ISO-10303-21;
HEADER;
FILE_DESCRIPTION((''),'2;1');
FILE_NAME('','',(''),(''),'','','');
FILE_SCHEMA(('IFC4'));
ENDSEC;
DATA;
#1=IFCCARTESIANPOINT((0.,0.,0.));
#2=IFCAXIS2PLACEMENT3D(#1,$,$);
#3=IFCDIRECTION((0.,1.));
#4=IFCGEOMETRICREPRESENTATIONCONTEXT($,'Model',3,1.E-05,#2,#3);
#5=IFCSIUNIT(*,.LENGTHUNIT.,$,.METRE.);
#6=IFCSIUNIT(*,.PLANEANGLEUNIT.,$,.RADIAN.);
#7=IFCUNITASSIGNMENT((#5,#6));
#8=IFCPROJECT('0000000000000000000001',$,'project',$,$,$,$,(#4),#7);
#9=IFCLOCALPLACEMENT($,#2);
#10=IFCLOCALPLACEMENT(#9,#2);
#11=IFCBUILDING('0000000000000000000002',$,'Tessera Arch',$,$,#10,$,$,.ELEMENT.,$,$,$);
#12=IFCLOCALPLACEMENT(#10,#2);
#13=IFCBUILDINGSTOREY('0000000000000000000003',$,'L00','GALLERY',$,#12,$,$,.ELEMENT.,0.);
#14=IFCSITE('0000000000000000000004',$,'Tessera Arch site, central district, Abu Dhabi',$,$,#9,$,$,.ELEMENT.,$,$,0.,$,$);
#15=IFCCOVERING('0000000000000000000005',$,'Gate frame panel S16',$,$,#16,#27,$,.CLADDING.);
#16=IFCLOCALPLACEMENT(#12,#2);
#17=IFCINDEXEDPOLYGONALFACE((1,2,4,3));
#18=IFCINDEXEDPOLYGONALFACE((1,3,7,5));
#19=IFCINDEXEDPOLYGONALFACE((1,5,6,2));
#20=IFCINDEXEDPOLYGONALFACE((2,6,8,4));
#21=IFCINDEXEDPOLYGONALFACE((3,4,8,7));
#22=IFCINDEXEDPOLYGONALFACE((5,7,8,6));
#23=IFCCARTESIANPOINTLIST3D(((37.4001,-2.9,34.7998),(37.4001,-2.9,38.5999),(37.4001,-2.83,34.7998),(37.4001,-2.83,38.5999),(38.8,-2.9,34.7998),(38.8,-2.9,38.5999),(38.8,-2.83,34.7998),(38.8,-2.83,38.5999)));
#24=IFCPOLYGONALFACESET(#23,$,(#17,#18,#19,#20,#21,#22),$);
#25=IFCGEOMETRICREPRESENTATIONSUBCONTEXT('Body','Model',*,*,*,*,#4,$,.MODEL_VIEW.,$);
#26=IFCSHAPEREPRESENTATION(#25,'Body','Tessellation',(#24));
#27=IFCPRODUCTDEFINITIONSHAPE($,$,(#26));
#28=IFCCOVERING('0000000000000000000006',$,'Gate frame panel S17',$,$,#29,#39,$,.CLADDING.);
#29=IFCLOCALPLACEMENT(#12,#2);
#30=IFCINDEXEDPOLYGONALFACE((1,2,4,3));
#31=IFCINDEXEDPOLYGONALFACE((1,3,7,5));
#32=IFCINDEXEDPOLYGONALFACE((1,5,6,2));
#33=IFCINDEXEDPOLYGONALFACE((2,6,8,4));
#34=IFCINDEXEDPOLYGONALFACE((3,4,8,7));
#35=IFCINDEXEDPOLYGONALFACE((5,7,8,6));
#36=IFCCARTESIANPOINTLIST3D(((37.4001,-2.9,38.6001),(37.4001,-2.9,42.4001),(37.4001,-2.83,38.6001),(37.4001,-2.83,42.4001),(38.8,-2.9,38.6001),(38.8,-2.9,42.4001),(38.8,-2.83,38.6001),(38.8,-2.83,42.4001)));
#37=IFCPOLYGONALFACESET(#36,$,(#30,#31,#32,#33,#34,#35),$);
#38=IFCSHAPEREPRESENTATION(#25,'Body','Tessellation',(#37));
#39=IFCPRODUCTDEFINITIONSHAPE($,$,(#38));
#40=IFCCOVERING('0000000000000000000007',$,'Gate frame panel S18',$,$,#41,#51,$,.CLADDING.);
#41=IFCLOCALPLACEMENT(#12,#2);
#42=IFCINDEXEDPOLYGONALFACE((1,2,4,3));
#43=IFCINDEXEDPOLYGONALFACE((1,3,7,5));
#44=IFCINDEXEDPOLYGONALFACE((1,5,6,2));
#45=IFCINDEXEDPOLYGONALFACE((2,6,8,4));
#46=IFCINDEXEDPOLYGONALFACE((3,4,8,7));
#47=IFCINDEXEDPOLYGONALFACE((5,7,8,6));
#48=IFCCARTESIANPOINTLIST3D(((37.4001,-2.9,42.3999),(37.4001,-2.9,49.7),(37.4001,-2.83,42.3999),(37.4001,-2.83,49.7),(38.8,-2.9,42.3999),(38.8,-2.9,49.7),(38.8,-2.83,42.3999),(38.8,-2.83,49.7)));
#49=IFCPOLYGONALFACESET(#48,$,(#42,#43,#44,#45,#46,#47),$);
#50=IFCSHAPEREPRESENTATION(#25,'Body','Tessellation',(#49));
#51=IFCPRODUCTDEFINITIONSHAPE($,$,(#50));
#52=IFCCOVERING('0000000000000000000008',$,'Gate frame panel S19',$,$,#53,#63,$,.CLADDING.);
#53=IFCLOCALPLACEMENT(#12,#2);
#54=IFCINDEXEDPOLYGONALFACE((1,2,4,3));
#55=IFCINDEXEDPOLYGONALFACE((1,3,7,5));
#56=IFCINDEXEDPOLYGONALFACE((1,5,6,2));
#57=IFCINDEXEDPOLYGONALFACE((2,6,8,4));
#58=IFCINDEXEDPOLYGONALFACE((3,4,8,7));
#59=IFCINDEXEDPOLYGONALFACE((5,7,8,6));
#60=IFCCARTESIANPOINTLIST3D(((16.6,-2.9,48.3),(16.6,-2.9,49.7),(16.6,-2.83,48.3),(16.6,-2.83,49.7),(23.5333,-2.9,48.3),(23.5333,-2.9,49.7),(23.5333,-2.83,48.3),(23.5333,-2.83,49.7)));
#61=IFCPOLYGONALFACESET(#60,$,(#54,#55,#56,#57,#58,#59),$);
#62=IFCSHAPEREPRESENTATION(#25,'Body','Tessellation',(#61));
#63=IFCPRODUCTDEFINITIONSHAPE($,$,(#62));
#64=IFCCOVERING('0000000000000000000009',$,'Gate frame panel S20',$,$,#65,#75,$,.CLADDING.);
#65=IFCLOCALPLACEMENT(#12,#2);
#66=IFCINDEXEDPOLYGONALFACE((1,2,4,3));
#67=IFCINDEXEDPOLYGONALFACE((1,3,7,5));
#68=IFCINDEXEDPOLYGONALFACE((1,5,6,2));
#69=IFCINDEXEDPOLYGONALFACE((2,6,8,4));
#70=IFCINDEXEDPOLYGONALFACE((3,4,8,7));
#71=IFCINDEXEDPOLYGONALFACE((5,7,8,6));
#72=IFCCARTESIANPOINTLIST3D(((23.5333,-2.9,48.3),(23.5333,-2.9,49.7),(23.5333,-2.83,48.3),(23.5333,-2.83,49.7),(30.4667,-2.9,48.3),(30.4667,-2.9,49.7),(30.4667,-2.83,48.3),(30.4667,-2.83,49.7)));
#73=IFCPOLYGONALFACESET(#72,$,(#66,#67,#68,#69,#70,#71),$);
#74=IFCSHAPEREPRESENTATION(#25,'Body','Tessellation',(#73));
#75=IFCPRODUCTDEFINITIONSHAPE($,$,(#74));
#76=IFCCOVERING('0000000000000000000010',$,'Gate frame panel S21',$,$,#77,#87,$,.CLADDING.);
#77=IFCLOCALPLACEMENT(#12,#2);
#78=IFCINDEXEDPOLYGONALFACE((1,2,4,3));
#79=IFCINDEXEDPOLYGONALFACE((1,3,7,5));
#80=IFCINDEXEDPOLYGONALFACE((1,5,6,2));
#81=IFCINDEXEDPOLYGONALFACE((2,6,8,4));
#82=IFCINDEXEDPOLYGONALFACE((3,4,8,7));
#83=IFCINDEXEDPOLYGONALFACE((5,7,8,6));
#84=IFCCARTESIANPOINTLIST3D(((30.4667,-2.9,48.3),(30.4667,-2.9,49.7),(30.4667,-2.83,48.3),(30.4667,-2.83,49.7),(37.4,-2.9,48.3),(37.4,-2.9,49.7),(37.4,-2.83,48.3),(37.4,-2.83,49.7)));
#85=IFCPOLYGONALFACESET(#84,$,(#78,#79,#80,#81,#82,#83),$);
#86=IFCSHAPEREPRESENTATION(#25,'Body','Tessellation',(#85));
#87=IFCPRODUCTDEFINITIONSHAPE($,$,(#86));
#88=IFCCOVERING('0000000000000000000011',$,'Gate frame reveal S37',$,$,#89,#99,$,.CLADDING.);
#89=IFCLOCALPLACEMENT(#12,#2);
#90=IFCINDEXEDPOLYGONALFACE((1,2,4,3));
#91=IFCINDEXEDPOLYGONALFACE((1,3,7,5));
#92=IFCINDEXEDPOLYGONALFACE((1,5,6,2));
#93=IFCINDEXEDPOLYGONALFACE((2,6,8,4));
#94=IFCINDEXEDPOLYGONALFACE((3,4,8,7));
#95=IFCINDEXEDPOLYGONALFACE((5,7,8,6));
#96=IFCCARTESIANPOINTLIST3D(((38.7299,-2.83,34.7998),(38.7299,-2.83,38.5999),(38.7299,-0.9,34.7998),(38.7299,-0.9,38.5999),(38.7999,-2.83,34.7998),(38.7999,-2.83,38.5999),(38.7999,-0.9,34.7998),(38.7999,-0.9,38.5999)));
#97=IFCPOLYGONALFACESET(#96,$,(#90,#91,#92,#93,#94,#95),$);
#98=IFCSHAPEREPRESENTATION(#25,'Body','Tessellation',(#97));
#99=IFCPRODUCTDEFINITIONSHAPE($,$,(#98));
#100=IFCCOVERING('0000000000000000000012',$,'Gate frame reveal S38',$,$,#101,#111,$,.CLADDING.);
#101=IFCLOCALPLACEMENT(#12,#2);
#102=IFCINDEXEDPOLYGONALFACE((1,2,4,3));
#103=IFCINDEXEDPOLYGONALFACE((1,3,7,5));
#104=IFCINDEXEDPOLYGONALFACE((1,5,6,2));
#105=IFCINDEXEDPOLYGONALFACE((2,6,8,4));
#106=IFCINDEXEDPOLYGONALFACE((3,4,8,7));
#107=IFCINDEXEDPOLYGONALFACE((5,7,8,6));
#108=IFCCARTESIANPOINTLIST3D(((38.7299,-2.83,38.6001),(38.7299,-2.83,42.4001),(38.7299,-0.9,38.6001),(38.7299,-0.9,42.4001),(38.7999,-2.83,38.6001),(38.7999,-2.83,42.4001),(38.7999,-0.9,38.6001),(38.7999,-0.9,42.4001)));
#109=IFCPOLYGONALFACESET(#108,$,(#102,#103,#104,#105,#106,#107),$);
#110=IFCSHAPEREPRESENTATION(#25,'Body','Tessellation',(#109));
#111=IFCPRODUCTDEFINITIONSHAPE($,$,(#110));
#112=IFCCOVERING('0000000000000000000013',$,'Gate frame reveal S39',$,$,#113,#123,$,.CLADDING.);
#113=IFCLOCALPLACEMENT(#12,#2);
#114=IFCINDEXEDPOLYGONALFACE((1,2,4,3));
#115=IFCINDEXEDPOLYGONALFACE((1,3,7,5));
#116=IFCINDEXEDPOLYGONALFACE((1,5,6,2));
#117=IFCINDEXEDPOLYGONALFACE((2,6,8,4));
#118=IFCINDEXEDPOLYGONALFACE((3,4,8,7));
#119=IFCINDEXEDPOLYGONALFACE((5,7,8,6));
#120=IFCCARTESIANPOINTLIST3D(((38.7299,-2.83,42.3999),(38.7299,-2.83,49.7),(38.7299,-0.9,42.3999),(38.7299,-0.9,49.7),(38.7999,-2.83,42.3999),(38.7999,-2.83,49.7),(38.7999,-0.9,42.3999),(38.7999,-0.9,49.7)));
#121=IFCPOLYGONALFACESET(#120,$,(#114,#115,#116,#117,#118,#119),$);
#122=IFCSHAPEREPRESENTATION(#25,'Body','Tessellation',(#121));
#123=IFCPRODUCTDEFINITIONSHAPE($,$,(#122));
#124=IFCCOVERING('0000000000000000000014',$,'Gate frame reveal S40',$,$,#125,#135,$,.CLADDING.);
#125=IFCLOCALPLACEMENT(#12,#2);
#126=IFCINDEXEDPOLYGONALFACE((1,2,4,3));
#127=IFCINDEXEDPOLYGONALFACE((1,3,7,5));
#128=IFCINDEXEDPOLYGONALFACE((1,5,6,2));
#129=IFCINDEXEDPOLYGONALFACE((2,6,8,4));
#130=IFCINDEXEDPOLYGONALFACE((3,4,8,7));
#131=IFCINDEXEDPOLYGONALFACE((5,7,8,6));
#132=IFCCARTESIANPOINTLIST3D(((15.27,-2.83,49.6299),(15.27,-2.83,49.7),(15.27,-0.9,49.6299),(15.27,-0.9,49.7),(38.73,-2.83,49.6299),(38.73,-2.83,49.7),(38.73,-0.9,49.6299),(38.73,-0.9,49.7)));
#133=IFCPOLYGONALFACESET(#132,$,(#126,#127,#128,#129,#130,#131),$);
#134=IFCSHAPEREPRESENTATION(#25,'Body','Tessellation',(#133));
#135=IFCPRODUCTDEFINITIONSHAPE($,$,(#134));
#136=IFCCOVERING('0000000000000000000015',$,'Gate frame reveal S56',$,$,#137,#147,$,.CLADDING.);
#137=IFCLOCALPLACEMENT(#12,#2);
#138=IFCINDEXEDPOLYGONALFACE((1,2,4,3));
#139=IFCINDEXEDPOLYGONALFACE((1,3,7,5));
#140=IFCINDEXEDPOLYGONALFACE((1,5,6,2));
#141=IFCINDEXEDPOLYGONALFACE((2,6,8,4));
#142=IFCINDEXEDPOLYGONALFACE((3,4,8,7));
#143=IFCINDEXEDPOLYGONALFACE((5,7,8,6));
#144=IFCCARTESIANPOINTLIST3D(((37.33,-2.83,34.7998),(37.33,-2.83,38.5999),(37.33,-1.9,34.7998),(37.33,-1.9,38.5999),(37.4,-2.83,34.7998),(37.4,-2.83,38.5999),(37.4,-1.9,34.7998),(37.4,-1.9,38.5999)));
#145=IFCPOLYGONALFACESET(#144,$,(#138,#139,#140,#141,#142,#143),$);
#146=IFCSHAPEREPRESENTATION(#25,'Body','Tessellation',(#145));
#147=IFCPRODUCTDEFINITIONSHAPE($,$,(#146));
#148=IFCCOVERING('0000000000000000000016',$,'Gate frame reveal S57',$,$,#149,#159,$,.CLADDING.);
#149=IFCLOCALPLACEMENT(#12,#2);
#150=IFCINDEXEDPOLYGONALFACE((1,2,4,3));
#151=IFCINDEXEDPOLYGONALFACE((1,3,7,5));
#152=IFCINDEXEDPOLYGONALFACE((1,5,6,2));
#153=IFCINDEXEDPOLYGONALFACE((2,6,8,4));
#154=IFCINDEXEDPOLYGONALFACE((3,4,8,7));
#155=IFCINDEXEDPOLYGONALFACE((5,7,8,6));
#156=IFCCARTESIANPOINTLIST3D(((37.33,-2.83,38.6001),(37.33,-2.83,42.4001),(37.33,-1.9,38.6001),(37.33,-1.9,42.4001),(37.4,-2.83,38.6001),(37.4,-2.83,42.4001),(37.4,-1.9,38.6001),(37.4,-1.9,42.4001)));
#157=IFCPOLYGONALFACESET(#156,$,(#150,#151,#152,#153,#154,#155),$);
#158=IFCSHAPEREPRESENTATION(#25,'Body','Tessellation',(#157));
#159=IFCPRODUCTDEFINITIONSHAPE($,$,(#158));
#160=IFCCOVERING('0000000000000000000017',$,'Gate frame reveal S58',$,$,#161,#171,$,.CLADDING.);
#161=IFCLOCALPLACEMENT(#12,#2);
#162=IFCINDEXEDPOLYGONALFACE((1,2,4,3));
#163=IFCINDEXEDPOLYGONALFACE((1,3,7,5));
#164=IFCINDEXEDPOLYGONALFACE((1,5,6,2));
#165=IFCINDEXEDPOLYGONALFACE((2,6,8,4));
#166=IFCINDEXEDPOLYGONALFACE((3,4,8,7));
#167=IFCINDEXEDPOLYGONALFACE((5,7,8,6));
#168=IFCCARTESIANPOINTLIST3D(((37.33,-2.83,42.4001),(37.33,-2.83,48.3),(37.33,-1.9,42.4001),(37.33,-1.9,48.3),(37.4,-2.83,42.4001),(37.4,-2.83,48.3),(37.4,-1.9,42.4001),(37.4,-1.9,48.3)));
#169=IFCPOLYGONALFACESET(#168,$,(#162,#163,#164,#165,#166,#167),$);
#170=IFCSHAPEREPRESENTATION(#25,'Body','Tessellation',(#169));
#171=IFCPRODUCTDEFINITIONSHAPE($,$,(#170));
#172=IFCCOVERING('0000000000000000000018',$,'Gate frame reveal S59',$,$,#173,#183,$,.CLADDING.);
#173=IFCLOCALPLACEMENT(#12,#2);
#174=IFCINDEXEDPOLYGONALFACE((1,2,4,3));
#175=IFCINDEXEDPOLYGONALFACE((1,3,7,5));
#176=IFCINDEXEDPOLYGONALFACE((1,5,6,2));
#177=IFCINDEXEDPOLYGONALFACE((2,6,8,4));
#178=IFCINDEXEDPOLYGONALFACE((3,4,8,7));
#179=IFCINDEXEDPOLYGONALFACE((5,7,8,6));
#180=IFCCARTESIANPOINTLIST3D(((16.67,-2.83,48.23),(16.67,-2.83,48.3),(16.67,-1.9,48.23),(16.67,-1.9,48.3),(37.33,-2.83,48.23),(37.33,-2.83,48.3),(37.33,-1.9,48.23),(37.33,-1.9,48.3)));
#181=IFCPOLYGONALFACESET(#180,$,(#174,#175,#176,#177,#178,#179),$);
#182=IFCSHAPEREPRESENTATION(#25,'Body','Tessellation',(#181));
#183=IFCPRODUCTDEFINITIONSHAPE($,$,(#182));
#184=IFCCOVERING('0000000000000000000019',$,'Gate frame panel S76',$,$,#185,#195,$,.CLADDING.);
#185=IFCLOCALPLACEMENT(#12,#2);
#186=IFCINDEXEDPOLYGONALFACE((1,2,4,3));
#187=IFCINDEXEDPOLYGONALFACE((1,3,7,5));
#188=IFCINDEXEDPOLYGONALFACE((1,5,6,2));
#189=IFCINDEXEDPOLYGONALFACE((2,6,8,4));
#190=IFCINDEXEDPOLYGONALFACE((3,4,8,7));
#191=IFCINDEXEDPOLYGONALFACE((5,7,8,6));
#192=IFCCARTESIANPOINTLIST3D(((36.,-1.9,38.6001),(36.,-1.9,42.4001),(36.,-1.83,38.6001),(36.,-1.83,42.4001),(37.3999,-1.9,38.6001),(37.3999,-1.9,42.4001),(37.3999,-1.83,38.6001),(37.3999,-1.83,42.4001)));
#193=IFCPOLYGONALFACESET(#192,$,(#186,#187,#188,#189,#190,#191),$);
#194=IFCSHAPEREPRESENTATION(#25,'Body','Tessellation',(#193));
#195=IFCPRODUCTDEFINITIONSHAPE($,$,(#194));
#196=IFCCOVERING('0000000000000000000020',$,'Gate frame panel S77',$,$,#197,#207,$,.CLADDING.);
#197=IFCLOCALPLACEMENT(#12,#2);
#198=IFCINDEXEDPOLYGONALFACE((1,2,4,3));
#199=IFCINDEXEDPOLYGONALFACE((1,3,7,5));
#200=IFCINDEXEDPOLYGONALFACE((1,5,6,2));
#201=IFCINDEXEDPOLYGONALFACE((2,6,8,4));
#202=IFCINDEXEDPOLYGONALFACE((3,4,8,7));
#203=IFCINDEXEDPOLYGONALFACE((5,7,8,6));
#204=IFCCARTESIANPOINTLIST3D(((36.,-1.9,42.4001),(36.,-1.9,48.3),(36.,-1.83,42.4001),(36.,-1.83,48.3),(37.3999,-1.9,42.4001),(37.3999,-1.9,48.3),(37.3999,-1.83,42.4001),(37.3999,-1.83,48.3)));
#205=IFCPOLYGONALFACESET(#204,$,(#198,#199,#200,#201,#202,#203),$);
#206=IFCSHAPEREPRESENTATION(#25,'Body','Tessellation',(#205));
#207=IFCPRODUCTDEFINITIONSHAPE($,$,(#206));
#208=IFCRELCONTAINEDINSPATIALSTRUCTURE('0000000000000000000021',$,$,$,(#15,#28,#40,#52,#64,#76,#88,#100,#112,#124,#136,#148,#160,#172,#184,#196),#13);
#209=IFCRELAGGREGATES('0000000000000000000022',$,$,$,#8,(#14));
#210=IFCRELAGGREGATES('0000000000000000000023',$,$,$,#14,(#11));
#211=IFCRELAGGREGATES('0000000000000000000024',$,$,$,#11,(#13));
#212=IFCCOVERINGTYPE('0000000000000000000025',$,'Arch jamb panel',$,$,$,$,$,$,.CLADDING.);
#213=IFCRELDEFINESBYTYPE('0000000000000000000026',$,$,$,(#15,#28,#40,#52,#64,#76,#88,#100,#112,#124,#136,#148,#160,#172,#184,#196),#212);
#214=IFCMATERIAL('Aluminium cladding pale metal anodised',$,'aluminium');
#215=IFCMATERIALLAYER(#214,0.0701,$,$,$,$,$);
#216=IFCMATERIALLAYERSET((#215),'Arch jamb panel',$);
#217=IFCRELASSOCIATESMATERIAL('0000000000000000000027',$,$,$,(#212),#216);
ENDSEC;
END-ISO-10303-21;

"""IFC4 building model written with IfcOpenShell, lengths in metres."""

from ifc_helpers import new_model, si_unit, direction, frame, origin, origin_2d, place, context, subcontext, project, spatial, rectangle, extrude, material, layer, layer_set, type_object, element, save


model = new_model("IFC4")

# Units and contexts
model_context = context("Model", 3, precision=1e-05, world=origin(), true_north=direction((0.0, 1.0)))
body_context = subcontext(model_context, "Body", "Model", "MODEL_VIEW")
ifc_project = project(units=[si_unit("LENGTHUNIT", "METRE"), si_unit("PLANEANGLEUNIT", "RADIAN")], contexts=[model_context])

# Site, building, storey
site_placement = place(None, origin())
site = spatial("IfcSite", under=ifc_project, at=site_placement, Name="Tessera Arch site, central district, Abu Dhabi", CompositionType="ELEMENT", RefElevation=0.0)
building_placement = place(site_placement, origin())
building = spatial("IfcBuilding", under=site, at=building_placement, Name="Tessera Arch", CompositionType="ELEMENT")
storey_placement = place(building_placement, origin())
storey = spatial("IfcBuildingStorey", under=building, at=storey_placement, Name="L00", Description="GALLERY", CompositionType="ELEMENT", Elevation=0.0)

# Coverings
ifc_material = material(Name="Aluminium cladding pale metal anodised", Category="aluminium")
ifc_layer = layer(ifc_material, 0.0701)
ifc_layer_set = layer_set([ifc_layer], Name="Arch jamb panel")
covering_type = type_object("IfcCoveringType", Name="Arch jamb panel", PredefinedType="CLADDING", material=ifc_layer_set)
for number, where, z_axis, x_axis, name in (
    (1, (38.1001, -2.865, 34.7998), (0.0, 0.0, 1.0), (1.0, 0.0, 0.0), "Gate frame panel S16"),
    (2, (38.1001, -2.865, 38.6001), (0.0, 0.0, 1.0), (1.0, 0.0, 0.0), "Gate frame panel S17"),
):
    element("IfcCovering", number, at=place(storey_placement, frame(where, z_axis=z_axis, x_axis=x_axis)), inside=storey, type_object=covering_type, Name=name, PredefinedType="CLADDING", context=body_context, shape_type="SweptSolid", body=[
        extrude(rectangle(XDim=1.3999, YDim=0.0701, at=origin_2d()), origin(), (0.0, 0.0, 1.0), 3.8),
    ])
covering_1_placement = place(storey_placement, frame((38.1001, -2.865, 42.3999), z_axis=(0.0, 0.0, 1.0), x_axis=(1.0, 0.0, 0.0)))
element("IfcCovering", 3, at=covering_1_placement, inside=storey, type_object=covering_type, Name="Gate frame panel S18", PredefinedType="CLADDING", context=body_context, shape_type="SweptSolid", body=[
    extrude(rectangle(XDim=1.3999, YDim=0.0701, at=origin_2d()), origin(), (0.0, 0.0, 1.0), 7.3),
])
for number, where, z_axis, x_axis, name in (
    (4, (20.0667, -2.865, 48.3), (0.0, 0.0, 1.0), (1.0, 0.0, 0.0), "Gate frame panel S19"),
    (5, (27.0, -2.865, 48.3), (0.0, 0.0, 1.0), (1.0, 0.0, 0.0), "Gate frame panel S20"),
    (6, (33.9333, -2.865, 48.3), (0.0, 0.0, 1.0), (1.0, 0.0, 0.0), "Gate frame panel S21"),
):
    element("IfcCovering", number, at=place(storey_placement, frame(where, z_axis=z_axis, x_axis=x_axis)), inside=storey, type_object=covering_type, Name=name, PredefinedType="CLADDING", context=body_context, shape_type="SweptSolid", body=[
        extrude(rectangle(XDim=6.9333, YDim=0.0701, at=origin_2d()), origin(), (0.0, 0.0, 1.0), 1.3999),
    ])
for number, where, z_axis, x_axis, name in (
    (7, (38.7649, -1.865, 34.7998), (0.0, 0.0, 1.0), (1.0, 0.0, 0.0), "Gate frame reveal S37"),
    (8, (38.7649, -1.865, 38.6001), (0.0, 0.0, 1.0), (1.0, 0.0, 0.0), "Gate frame reveal S38"),
):
    element("IfcCovering", number, at=place(storey_placement, frame(where, z_axis=z_axis, x_axis=x_axis)), inside=storey, type_object=covering_type, Name=name, PredefinedType="CLADDING", context=body_context, shape_type="SweptSolid", body=[
        extrude(rectangle(XDim=0.0701, YDim=1.9299, at=origin_2d()), origin(), (0.0, 0.0, 1.0), 3.8),
    ])
covering_2_placement = place(storey_placement, frame((38.7649, -1.865, 42.3999), z_axis=(0.0, 0.0, 1.0), x_axis=(1.0, 0.0, 0.0)))
element("IfcCovering", 9, at=covering_2_placement, inside=storey, type_object=covering_type, Name="Gate frame reveal S39", PredefinedType="CLADDING", context=body_context, shape_type="SweptSolid", body=[
    extrude(rectangle(XDim=0.0701, YDim=1.9299, at=origin_2d()), origin(), (0.0, 0.0, 1.0), 7.3),
])
covering_3_placement = place(storey_placement, frame((27.0, -1.865, 49.6299), z_axis=(0.0, 0.0, 1.0), x_axis=(1.0, 0.0, 0.0)))
element("IfcCovering", 10, at=covering_3_placement, inside=storey, type_object=covering_type, Name="Gate frame reveal S40", PredefinedType="CLADDING", context=body_context, shape_type="SweptSolid", body=[
    extrude(rectangle(XDim=23.46, YDim=1.9299, at=origin_2d()), origin(), (0.0, 0.0, 1.0), 0.0701),
])
for number, where, z_axis, x_axis, name in (
    (11, (37.365, -2.365, 34.7998), (0.0, 0.0, 1.0), (1.0, 0.0, 0.0), "Gate frame reveal S56"),
    (12, (37.365, -2.365, 38.6001), (0.0, 0.0, 1.0), (1.0, 0.0, 0.0), "Gate frame reveal S57"),
):
    element("IfcCovering", number, at=place(storey_placement, frame(where, z_axis=z_axis, x_axis=x_axis)), inside=storey, type_object=covering_type, Name=name, PredefinedType="CLADDING", context=body_context, shape_type="SweptSolid", body=[
        extrude(rectangle(XDim=0.0701, YDim=0.9299, at=origin_2d()), origin(), (0.0, 0.0, 1.0), 3.8),
    ])
covering_4_placement = place(storey_placement, frame((37.365, -2.365, 42.4001), z_axis=(0.0, 0.0, 1.0), x_axis=(1.0, 0.0, 0.0)))
element("IfcCovering", 13, at=covering_4_placement, inside=storey, type_object=covering_type, Name="Gate frame reveal S58", PredefinedType="CLADDING", context=body_context, shape_type="SweptSolid", body=[
    extrude(rectangle(XDim=0.0701, YDim=0.9299, at=origin_2d()), origin(), (0.0, 0.0, 1.0), 5.8999),
])
covering_5_placement = place(storey_placement, frame((27.0, -2.365, 48.23), z_axis=(0.0, 0.0, 1.0), x_axis=(1.0, 0.0, 0.0)))
element("IfcCovering", 14, at=covering_5_placement, inside=storey, type_object=covering_type, Name="Gate frame reveal S59", PredefinedType="CLADDING", context=body_context, shape_type="SweptSolid", body=[
    extrude(rectangle(XDim=20.6599, YDim=0.9299, at=origin_2d()), origin(), (0.0, 0.0, 1.0), 0.0701),
])
covering_6_placement = place(storey_placement, frame((36.7, -1.865, 38.6001), z_axis=(0.0, 0.0, 1.0), x_axis=(1.0, 0.0, 0.0)))
element("IfcCovering", 15, at=covering_6_placement, inside=storey, type_object=covering_type, Name="Gate frame panel S76", PredefinedType="CLADDING", context=body_context, shape_type="SweptSolid", body=[
    extrude(rectangle(XDim=1.3999, YDim=0.0701, at=origin_2d()), origin(), (0.0, 0.0, 1.0), 3.8),
])
covering_7_placement = place(storey_placement, frame((36.7, -1.865, 42.4001), z_axis=(0.0, 0.0, 1.0), x_axis=(1.0, 0.0, 0.0)))
element("IfcCovering", 16, at=covering_7_placement, inside=storey, type_object=covering_type, Name="Gate frame panel S77", PredefinedType="CLADDING", context=body_context, shape_type="SweptSolid", body=[
    extrude(rectangle(XDim=1.3999, YDim=0.0701, at=origin_2d()), origin(), (0.0, 0.0, 1.0), 5.8999),
])

save(model, "model.ifc")
